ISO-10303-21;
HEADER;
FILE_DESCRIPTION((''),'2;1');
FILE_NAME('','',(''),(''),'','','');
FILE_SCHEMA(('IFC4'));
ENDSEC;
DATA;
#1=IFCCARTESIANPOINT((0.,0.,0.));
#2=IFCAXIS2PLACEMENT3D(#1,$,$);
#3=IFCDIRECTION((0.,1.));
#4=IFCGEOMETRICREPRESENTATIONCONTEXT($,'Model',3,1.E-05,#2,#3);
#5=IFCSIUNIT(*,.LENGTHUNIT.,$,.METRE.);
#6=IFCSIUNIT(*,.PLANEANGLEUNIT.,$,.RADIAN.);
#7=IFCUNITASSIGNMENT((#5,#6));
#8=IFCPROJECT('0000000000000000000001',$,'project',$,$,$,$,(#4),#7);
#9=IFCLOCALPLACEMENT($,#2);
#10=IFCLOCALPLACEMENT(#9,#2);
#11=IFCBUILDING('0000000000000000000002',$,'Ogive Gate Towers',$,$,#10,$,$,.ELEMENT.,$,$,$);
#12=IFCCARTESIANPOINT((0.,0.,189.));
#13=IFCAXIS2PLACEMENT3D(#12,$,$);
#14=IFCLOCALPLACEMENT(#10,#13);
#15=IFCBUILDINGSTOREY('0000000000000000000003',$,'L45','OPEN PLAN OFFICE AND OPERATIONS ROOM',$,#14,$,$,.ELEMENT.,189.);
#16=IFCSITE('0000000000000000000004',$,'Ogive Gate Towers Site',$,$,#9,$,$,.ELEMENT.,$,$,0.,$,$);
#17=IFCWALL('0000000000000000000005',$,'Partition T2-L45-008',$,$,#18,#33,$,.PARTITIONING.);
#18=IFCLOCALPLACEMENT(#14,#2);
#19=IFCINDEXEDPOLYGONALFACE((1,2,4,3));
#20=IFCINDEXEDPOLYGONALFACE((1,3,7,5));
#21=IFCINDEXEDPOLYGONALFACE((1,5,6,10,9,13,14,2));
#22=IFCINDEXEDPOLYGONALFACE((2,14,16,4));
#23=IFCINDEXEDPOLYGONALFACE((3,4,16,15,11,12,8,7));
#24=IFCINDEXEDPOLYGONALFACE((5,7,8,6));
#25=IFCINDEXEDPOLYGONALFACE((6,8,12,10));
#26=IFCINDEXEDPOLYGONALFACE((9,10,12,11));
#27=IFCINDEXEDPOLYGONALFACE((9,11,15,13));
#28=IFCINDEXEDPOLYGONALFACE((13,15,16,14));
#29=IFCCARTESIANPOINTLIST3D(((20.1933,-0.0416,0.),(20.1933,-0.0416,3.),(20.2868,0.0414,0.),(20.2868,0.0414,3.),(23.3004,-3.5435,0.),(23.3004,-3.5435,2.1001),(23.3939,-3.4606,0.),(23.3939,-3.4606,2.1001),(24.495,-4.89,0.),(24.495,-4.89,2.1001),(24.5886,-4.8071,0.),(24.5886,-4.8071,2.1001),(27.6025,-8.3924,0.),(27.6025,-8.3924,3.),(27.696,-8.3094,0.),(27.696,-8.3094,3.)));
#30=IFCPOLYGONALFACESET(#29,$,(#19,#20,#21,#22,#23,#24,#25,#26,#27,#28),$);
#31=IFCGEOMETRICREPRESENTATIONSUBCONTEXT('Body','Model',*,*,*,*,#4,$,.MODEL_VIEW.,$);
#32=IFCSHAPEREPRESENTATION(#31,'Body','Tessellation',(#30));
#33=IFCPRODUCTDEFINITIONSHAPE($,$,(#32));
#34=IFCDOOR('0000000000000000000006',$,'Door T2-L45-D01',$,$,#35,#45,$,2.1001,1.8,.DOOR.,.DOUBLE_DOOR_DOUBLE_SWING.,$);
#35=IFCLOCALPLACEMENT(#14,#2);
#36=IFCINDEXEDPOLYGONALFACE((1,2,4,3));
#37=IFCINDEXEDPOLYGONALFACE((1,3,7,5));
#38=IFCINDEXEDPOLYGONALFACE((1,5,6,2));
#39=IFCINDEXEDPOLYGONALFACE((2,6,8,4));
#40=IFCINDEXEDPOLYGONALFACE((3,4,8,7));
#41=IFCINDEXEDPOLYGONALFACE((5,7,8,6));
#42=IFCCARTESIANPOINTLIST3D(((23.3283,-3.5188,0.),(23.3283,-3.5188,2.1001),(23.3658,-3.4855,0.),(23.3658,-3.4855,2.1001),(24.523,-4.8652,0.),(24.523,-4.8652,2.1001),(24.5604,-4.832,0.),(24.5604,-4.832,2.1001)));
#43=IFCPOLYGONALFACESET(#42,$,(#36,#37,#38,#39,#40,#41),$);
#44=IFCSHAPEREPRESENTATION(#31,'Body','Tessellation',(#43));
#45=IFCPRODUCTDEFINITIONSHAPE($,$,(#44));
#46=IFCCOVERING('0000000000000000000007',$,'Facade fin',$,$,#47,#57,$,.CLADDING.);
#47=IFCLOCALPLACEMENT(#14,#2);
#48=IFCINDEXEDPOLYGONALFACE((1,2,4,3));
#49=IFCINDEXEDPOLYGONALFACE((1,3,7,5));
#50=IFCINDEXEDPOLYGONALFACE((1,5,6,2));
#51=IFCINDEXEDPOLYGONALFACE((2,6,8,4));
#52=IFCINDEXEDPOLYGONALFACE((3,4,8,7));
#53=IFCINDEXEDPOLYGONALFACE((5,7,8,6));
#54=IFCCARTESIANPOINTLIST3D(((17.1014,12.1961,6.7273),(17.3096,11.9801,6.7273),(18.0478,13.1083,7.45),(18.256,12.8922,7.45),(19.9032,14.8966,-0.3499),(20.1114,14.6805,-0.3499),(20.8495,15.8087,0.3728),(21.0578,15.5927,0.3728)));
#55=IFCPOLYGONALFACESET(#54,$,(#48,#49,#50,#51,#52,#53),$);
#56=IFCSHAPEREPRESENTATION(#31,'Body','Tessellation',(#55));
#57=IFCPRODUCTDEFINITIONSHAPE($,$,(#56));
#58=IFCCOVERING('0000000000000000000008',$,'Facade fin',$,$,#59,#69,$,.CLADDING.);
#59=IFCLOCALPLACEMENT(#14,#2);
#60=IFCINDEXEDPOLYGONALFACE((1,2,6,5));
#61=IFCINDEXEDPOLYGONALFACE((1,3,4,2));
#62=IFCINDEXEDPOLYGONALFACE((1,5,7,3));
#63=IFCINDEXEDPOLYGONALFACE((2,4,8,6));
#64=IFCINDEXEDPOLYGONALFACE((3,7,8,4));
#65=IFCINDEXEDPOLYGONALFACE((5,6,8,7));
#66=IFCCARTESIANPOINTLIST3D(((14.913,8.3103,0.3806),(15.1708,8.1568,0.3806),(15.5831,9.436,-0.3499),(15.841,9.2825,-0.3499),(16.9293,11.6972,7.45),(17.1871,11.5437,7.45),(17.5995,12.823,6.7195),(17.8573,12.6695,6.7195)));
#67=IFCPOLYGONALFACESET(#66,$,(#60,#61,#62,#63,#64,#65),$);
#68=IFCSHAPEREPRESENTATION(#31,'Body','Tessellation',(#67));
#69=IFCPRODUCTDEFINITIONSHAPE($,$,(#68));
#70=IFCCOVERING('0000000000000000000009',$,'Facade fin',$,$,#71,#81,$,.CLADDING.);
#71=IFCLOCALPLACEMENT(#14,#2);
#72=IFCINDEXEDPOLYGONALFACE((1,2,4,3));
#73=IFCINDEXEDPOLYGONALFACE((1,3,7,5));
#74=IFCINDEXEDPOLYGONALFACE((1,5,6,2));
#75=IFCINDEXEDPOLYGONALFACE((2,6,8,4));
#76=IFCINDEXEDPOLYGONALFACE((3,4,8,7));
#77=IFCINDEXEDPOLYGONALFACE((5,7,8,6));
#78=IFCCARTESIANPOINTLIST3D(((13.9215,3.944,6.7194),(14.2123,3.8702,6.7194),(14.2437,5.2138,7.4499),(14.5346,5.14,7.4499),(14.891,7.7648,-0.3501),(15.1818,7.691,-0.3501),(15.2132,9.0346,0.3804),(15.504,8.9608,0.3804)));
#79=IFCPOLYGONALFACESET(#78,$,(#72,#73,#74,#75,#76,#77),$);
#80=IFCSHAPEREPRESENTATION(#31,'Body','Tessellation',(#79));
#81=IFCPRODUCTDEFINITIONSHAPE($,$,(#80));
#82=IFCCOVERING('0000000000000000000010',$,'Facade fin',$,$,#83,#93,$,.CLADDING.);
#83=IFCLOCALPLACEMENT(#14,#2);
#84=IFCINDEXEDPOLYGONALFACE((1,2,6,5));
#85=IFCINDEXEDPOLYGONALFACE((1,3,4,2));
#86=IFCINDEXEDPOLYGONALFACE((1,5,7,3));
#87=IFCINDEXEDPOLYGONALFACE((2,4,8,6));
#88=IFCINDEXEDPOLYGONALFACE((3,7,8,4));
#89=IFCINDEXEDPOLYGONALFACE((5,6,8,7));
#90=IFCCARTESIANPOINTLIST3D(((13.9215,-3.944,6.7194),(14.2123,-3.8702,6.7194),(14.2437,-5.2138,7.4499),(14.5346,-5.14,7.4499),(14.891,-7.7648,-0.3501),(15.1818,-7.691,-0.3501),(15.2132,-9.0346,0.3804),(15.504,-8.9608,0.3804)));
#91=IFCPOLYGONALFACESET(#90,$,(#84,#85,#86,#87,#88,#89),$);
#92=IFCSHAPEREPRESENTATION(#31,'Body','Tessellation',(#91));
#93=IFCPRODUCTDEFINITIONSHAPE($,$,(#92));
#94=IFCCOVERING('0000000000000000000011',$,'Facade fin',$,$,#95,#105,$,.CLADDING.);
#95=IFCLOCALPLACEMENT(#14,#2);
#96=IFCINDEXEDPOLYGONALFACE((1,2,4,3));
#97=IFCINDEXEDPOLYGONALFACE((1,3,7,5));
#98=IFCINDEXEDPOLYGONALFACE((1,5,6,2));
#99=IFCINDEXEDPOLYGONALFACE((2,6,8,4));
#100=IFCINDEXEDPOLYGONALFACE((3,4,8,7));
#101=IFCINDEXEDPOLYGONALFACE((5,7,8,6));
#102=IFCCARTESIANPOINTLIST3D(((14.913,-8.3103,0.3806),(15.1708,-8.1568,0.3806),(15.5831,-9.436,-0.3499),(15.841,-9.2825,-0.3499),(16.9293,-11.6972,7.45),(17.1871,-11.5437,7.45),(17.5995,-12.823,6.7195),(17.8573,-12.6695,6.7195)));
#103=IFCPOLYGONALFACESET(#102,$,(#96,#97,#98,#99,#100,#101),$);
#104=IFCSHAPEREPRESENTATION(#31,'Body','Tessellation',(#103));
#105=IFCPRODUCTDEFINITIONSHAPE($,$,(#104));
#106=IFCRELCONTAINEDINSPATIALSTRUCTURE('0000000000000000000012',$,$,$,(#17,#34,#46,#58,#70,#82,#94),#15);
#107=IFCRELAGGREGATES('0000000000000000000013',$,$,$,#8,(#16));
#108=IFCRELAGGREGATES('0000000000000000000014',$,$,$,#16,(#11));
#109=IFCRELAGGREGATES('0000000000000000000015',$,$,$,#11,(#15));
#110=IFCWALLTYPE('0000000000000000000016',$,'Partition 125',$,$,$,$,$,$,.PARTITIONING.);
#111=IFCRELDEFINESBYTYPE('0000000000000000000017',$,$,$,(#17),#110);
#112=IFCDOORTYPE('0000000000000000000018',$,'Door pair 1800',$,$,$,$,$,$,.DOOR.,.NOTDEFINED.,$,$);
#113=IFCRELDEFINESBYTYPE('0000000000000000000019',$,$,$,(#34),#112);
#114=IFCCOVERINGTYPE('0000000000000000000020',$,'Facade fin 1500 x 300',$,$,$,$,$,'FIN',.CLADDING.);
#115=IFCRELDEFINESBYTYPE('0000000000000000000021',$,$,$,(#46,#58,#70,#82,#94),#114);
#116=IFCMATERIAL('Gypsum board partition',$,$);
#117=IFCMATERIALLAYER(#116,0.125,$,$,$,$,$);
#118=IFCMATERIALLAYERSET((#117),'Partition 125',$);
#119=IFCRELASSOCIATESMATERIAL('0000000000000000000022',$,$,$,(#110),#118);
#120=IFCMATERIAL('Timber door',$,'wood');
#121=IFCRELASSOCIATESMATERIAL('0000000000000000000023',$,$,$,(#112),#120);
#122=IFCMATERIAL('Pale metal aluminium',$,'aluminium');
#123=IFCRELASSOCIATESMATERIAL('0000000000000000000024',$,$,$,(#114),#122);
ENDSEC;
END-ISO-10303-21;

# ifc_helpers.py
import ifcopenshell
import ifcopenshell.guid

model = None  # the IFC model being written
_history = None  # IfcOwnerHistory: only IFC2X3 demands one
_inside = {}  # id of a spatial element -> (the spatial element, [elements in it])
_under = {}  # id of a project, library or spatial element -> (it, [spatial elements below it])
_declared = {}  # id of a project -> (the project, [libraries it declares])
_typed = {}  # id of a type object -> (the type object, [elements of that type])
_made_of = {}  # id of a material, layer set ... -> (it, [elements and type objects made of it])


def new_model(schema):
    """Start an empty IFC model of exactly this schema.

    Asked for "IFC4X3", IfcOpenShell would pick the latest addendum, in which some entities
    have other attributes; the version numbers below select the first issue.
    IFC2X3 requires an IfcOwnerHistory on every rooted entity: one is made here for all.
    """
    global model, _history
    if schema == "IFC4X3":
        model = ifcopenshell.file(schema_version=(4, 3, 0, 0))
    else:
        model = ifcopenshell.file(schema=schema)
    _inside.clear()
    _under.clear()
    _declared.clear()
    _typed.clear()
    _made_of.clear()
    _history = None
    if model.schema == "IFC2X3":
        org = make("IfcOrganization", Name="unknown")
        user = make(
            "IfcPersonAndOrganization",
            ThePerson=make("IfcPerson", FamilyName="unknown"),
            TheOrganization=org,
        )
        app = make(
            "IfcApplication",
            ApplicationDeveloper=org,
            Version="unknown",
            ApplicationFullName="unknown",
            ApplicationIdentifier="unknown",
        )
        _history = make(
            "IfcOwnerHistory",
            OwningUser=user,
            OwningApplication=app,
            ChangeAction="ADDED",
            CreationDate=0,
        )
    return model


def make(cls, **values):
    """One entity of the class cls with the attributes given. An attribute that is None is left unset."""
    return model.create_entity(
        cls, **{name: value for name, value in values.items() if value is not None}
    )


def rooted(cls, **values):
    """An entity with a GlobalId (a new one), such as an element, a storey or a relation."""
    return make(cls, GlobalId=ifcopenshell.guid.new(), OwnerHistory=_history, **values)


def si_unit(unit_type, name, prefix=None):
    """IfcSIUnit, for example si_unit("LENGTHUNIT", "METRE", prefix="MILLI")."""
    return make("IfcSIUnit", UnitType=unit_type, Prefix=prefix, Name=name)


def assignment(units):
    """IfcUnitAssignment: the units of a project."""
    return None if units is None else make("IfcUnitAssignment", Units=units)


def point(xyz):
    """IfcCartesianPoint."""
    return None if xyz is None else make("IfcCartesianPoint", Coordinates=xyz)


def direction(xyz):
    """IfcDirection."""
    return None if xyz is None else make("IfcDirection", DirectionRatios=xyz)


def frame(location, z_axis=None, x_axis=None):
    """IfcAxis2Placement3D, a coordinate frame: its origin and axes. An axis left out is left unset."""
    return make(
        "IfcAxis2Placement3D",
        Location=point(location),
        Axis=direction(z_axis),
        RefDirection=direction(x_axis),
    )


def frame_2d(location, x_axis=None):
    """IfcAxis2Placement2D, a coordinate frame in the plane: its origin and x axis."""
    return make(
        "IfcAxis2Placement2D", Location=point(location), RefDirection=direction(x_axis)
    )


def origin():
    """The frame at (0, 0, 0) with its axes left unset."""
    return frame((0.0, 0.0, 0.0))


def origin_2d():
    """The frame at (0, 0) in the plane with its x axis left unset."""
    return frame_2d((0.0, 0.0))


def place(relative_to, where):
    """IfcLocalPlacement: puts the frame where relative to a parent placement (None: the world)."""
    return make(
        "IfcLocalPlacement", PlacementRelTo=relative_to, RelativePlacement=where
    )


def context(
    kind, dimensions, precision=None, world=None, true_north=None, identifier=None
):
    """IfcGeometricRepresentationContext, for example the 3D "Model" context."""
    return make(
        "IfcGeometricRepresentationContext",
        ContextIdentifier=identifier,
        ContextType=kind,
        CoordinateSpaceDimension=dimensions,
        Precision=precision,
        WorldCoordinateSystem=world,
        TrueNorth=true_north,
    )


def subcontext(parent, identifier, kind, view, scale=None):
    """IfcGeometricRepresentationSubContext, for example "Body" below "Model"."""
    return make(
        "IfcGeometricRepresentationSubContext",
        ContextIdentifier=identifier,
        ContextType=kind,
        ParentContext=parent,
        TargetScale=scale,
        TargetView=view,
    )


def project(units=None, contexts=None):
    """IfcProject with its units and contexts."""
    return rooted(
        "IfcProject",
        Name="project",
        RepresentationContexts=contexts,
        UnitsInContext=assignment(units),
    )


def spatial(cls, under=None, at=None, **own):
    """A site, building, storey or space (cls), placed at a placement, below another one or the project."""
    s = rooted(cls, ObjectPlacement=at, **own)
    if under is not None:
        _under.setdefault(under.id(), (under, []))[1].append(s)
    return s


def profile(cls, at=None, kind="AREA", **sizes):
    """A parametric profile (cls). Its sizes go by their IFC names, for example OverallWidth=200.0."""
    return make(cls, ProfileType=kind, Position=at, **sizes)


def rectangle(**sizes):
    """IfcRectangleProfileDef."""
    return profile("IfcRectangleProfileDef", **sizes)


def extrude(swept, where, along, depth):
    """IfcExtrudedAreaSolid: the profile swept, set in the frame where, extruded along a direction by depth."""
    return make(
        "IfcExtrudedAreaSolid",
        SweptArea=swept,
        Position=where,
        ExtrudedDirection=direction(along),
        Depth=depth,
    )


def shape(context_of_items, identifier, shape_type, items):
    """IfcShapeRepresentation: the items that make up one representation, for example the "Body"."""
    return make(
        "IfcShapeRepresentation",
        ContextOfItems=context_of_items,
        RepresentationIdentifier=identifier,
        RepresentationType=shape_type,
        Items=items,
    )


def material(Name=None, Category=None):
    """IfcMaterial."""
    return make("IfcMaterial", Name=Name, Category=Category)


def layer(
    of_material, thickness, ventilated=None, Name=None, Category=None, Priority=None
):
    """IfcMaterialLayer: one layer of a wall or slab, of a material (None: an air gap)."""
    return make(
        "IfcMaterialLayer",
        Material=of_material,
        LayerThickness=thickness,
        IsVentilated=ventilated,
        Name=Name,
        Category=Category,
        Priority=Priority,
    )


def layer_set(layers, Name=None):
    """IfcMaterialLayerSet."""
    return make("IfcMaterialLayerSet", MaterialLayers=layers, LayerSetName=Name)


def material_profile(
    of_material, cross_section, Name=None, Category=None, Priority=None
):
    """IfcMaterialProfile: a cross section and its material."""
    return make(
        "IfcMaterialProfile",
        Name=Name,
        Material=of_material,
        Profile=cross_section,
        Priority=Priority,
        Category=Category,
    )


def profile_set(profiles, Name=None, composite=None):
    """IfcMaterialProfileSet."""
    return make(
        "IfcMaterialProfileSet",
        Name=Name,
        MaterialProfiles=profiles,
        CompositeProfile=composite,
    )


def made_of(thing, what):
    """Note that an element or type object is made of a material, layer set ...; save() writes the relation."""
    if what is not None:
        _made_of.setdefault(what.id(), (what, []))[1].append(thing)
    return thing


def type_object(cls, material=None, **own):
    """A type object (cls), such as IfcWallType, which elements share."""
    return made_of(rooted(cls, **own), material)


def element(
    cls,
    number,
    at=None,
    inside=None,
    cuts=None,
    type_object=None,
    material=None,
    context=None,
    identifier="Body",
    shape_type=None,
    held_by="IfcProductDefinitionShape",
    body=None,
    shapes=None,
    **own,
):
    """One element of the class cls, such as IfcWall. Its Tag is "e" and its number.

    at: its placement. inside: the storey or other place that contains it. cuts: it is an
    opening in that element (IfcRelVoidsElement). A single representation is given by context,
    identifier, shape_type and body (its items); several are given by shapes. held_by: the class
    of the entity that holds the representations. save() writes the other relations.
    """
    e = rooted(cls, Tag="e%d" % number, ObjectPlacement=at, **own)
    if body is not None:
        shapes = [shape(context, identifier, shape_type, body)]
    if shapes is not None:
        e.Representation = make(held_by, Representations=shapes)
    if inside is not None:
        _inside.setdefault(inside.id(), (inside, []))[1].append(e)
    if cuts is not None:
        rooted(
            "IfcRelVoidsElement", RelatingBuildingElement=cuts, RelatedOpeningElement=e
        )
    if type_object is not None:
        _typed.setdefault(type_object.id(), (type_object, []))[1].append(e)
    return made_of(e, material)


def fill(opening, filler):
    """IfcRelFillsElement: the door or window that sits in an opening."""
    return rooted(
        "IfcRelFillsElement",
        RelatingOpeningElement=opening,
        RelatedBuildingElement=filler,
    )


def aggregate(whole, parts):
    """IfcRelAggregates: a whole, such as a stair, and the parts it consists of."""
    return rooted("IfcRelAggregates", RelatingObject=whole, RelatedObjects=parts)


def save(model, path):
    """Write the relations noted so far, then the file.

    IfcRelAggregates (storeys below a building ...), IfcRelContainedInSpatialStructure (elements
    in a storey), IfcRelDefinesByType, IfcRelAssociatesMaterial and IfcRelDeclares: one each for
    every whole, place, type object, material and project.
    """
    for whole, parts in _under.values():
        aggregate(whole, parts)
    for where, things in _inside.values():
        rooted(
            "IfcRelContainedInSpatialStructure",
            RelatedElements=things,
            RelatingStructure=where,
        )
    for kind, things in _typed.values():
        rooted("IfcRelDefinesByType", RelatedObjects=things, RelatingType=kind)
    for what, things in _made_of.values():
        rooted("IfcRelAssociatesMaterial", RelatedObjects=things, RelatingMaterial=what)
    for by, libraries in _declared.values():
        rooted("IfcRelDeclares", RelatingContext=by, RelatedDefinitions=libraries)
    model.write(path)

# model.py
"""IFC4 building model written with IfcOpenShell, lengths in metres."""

from ifc_helpers import new_model, si_unit, direction, frame, frame_2d, origin, origin_2d, place, context, subcontext, project, spatial, rectangle, extrude, material, layer, layer_set, material_profile, profile_set, type_object, element, fill, save


model = new_model("IFC4")

# Units and contexts
model_context = context("Model", 3, precision=1e-05, world=origin(), true_north=direction((0.0, 1.0)))
body_context = subcontext(model_context, "Body", "Model", "MODEL_VIEW")
ifc_project = project(units=[si_unit("LENGTHUNIT", "METRE"), si_unit("PLANEANGLEUNIT", "RADIAN")], contexts=[model_context])

# Site, building, storey
site_placement = place(None, origin())
site = spatial("IfcSite", under=ifc_project, at=site_placement, Name="Ogive Gate Towers Site", CompositionType="ELEMENT", RefElevation=0.0)
building_placement = place(site_placement, origin())
building = spatial("IfcBuilding", under=site, at=building_placement, Name="Ogive Gate Towers", CompositionType="ELEMENT")
storey_placement = place(building_placement, frame((0.0, 0.0, 189.0)))
storey = spatial("IfcBuildingStorey", under=building, at=storey_placement, Name="L45", Description="OPEN PLAN OFFICE AND OPERATIONS ROOM", CompositionType="ELEMENT", Elevation=189.0)

# Shared definitions
ifc_material_1 = material(Name="Pale metal aluminium", Category="aluminium")

# Wall, opening, door
ifc_material_2 = material(Name="Gypsum board partition")
ifc_layer_1 = layer(ifc_material_2, 0.125)
ifc_layer_set_1 = layer_set([ifc_layer_1], Name="Partition 125")
wall_type_1 = type_object("IfcWallType", Name="Partition 125", PredefinedType="PARTITIONING", material=ifc_layer_set_1)
wall_1_placement = place(storey_placement, frame((20.24, 0.0, 0.0), z_axis=(0.0, 0.0, 1.0), x_axis=(0.663674, -0.748022, 0.0)))
wall_1 = element("IfcWall", 1, at=wall_1_placement, inside=storey, type_object=wall_type_1, Name="Partition T2-L45-008", PredefinedType="PARTITIONING", context=body_context, shape_type="SweptSolid", body=[
    extrude(rectangle(XDim=11.1638, YDim=0.125, at=frame_2d((5.582, 0.0))), origin(), (0.0, 0.0, 1.0), 3.0),
])
opening_placement = place(wall_1_placement, frame((4.6819, 0.0, 0.0)))
opening = element("IfcOpeningElement", 2, at=opening_placement, cuts=wall_1, PredefinedType="OPENING", context=body_context, shape_type="SweptSolid", body=[
    extrude(rectangle(XDim=1.8, YDim=2.1001, at=frame_2d((0.8999, 1.05))), frame((0.0, 0.0725, 0.0), z_axis=(0.0, -1.0, 0.0), x_axis=(1.0, 0.0, 0.0)), (0.0, 0.0, 1.0), 0.145),
])
ifc_material_3 = material(Name="Timber door", Category="wood")
door_type = type_object("IfcDoorType", Name="Door pair 1800", OperationType="NOTDEFINED", PredefinedType="DOOR", material=ifc_material_3)
door_placement = place(opening_placement, origin())
door = element("IfcDoor", 3, at=door_placement, inside=storey, type_object=door_type, Name="Door T2-L45-D01", OperationType="DOUBLE_DOOR_DOUBLE_SWING", OverallHeight=2.1001, OverallWidth=1.8, PredefinedType="DOOR", context=body_context, shape_type="SweptSolid", body=[
    extrude(rectangle(XDim=1.8, YDim=2.1001, at=frame_2d((0.8999, 1.05))), frame((0.0, 0.0249, 0.0), z_axis=(0.0, -1.0, 0.0), x_axis=(1.0, 0.0, 0.0)), (0.0, 0.0, 1.0), 0.05),
])
fill(opening, door)

# Coverings
ifc_material_profile_1 = material_profile(ifc_material_1, rectangle(XDim=0.3, YDim=1.5, at=origin_2d()), Name="1500 x 300 pale metal aluminium")
ifc_profile_set_1 = profile_set([ifc_material_profile_1], Name="Pale metal aluminium")
covering_type = type_object("IfcCoveringType", Name="Facade fin 1500 x 300", ElementType="FIN", PredefinedType="CLADDING", material=ifc_profile_set_1)
covering_1_placement = place(storey_placement, frame((20.4805, 15.2446, 0.0115), z_axis=(-0.346907, -0.334362, 0.876275), x_axis=(0.693968, -0.720006, 0.0)))
element("IfcCovering", 4, at=covering_1_placement, inside=storey, type_object=covering_type, Name="Facade fin", PredefinedType="CLADDING", context=body_context, shape_type="SweptSolid", body=[
    extrude(rectangle(XDim=0.3, YDim=1.5, at=origin_2d()), origin(), (0.0, 0.0, 1.0), 8.0764),
])
covering_2_placement = place(storey_placement, frame((15.377, 8.7964, 0.0154), z_axis=(0.249118, 0.418454, 0.873405), x_axis=(-0.859259, 0.511542, 0.0)))
element("IfcCovering", 5, at=covering_2_placement, inside=storey, type_object=covering_type, Name="Facade fin", PredefinedType="CLADDING", context=body_context, shape_type="SweptSolid", body=[
    extrude(rectangle(XDim=0.3, YDim=1.5, at=origin_2d()), origin(), (0.0, 0.0, 1.0), 8.094),
])
for number, where, z_axis, x_axis, name in (
    (6, (15.1975, 8.3628, 0.0151), (-0.119774, -0.472037, 0.873404), (0.969284, -0.245944, 0.0), "Facade fin"),
    (7, (15.1975, -8.3628, 0.0151), (-0.119774, 0.472037, 0.873404), (-0.969284, -0.245944, 0.0), "Facade fin"),
):
    element("IfcCovering", number, at=place(storey_placement, frame(where, z_axis=z_axis, x_axis=x_axis)), inside=storey, type_object=covering_type, Name=name, PredefinedType="CLADDING", context=body_context, shape_type="SweptSolid", body=[
        extrude(rectangle(XDim=0.3, YDim=1.5, at=origin_2d()), origin(), (0.0, 0.0, 1.0), 8.0942),
    ])
covering_3_placement = place(storey_placement, frame((15.377, -8.7964, 0.0154), z_axis=(0.249118, -0.418454, 0.873405), x_axis=(0.859259, 0.511542, 0.0)))
element("IfcCovering", 8, at=covering_3_placement, inside=storey, type_object=covering_type, Name="Facade fin", PredefinedType="CLADDING", context=body_context, shape_type="SweptSolid", body=[
    extrude(rectangle(XDim=0.3, YDim=1.5, at=origin_2d()), origin(), (0.0, 0.0, 1.0), 8.094),
])

save(model, "model.ifc")
